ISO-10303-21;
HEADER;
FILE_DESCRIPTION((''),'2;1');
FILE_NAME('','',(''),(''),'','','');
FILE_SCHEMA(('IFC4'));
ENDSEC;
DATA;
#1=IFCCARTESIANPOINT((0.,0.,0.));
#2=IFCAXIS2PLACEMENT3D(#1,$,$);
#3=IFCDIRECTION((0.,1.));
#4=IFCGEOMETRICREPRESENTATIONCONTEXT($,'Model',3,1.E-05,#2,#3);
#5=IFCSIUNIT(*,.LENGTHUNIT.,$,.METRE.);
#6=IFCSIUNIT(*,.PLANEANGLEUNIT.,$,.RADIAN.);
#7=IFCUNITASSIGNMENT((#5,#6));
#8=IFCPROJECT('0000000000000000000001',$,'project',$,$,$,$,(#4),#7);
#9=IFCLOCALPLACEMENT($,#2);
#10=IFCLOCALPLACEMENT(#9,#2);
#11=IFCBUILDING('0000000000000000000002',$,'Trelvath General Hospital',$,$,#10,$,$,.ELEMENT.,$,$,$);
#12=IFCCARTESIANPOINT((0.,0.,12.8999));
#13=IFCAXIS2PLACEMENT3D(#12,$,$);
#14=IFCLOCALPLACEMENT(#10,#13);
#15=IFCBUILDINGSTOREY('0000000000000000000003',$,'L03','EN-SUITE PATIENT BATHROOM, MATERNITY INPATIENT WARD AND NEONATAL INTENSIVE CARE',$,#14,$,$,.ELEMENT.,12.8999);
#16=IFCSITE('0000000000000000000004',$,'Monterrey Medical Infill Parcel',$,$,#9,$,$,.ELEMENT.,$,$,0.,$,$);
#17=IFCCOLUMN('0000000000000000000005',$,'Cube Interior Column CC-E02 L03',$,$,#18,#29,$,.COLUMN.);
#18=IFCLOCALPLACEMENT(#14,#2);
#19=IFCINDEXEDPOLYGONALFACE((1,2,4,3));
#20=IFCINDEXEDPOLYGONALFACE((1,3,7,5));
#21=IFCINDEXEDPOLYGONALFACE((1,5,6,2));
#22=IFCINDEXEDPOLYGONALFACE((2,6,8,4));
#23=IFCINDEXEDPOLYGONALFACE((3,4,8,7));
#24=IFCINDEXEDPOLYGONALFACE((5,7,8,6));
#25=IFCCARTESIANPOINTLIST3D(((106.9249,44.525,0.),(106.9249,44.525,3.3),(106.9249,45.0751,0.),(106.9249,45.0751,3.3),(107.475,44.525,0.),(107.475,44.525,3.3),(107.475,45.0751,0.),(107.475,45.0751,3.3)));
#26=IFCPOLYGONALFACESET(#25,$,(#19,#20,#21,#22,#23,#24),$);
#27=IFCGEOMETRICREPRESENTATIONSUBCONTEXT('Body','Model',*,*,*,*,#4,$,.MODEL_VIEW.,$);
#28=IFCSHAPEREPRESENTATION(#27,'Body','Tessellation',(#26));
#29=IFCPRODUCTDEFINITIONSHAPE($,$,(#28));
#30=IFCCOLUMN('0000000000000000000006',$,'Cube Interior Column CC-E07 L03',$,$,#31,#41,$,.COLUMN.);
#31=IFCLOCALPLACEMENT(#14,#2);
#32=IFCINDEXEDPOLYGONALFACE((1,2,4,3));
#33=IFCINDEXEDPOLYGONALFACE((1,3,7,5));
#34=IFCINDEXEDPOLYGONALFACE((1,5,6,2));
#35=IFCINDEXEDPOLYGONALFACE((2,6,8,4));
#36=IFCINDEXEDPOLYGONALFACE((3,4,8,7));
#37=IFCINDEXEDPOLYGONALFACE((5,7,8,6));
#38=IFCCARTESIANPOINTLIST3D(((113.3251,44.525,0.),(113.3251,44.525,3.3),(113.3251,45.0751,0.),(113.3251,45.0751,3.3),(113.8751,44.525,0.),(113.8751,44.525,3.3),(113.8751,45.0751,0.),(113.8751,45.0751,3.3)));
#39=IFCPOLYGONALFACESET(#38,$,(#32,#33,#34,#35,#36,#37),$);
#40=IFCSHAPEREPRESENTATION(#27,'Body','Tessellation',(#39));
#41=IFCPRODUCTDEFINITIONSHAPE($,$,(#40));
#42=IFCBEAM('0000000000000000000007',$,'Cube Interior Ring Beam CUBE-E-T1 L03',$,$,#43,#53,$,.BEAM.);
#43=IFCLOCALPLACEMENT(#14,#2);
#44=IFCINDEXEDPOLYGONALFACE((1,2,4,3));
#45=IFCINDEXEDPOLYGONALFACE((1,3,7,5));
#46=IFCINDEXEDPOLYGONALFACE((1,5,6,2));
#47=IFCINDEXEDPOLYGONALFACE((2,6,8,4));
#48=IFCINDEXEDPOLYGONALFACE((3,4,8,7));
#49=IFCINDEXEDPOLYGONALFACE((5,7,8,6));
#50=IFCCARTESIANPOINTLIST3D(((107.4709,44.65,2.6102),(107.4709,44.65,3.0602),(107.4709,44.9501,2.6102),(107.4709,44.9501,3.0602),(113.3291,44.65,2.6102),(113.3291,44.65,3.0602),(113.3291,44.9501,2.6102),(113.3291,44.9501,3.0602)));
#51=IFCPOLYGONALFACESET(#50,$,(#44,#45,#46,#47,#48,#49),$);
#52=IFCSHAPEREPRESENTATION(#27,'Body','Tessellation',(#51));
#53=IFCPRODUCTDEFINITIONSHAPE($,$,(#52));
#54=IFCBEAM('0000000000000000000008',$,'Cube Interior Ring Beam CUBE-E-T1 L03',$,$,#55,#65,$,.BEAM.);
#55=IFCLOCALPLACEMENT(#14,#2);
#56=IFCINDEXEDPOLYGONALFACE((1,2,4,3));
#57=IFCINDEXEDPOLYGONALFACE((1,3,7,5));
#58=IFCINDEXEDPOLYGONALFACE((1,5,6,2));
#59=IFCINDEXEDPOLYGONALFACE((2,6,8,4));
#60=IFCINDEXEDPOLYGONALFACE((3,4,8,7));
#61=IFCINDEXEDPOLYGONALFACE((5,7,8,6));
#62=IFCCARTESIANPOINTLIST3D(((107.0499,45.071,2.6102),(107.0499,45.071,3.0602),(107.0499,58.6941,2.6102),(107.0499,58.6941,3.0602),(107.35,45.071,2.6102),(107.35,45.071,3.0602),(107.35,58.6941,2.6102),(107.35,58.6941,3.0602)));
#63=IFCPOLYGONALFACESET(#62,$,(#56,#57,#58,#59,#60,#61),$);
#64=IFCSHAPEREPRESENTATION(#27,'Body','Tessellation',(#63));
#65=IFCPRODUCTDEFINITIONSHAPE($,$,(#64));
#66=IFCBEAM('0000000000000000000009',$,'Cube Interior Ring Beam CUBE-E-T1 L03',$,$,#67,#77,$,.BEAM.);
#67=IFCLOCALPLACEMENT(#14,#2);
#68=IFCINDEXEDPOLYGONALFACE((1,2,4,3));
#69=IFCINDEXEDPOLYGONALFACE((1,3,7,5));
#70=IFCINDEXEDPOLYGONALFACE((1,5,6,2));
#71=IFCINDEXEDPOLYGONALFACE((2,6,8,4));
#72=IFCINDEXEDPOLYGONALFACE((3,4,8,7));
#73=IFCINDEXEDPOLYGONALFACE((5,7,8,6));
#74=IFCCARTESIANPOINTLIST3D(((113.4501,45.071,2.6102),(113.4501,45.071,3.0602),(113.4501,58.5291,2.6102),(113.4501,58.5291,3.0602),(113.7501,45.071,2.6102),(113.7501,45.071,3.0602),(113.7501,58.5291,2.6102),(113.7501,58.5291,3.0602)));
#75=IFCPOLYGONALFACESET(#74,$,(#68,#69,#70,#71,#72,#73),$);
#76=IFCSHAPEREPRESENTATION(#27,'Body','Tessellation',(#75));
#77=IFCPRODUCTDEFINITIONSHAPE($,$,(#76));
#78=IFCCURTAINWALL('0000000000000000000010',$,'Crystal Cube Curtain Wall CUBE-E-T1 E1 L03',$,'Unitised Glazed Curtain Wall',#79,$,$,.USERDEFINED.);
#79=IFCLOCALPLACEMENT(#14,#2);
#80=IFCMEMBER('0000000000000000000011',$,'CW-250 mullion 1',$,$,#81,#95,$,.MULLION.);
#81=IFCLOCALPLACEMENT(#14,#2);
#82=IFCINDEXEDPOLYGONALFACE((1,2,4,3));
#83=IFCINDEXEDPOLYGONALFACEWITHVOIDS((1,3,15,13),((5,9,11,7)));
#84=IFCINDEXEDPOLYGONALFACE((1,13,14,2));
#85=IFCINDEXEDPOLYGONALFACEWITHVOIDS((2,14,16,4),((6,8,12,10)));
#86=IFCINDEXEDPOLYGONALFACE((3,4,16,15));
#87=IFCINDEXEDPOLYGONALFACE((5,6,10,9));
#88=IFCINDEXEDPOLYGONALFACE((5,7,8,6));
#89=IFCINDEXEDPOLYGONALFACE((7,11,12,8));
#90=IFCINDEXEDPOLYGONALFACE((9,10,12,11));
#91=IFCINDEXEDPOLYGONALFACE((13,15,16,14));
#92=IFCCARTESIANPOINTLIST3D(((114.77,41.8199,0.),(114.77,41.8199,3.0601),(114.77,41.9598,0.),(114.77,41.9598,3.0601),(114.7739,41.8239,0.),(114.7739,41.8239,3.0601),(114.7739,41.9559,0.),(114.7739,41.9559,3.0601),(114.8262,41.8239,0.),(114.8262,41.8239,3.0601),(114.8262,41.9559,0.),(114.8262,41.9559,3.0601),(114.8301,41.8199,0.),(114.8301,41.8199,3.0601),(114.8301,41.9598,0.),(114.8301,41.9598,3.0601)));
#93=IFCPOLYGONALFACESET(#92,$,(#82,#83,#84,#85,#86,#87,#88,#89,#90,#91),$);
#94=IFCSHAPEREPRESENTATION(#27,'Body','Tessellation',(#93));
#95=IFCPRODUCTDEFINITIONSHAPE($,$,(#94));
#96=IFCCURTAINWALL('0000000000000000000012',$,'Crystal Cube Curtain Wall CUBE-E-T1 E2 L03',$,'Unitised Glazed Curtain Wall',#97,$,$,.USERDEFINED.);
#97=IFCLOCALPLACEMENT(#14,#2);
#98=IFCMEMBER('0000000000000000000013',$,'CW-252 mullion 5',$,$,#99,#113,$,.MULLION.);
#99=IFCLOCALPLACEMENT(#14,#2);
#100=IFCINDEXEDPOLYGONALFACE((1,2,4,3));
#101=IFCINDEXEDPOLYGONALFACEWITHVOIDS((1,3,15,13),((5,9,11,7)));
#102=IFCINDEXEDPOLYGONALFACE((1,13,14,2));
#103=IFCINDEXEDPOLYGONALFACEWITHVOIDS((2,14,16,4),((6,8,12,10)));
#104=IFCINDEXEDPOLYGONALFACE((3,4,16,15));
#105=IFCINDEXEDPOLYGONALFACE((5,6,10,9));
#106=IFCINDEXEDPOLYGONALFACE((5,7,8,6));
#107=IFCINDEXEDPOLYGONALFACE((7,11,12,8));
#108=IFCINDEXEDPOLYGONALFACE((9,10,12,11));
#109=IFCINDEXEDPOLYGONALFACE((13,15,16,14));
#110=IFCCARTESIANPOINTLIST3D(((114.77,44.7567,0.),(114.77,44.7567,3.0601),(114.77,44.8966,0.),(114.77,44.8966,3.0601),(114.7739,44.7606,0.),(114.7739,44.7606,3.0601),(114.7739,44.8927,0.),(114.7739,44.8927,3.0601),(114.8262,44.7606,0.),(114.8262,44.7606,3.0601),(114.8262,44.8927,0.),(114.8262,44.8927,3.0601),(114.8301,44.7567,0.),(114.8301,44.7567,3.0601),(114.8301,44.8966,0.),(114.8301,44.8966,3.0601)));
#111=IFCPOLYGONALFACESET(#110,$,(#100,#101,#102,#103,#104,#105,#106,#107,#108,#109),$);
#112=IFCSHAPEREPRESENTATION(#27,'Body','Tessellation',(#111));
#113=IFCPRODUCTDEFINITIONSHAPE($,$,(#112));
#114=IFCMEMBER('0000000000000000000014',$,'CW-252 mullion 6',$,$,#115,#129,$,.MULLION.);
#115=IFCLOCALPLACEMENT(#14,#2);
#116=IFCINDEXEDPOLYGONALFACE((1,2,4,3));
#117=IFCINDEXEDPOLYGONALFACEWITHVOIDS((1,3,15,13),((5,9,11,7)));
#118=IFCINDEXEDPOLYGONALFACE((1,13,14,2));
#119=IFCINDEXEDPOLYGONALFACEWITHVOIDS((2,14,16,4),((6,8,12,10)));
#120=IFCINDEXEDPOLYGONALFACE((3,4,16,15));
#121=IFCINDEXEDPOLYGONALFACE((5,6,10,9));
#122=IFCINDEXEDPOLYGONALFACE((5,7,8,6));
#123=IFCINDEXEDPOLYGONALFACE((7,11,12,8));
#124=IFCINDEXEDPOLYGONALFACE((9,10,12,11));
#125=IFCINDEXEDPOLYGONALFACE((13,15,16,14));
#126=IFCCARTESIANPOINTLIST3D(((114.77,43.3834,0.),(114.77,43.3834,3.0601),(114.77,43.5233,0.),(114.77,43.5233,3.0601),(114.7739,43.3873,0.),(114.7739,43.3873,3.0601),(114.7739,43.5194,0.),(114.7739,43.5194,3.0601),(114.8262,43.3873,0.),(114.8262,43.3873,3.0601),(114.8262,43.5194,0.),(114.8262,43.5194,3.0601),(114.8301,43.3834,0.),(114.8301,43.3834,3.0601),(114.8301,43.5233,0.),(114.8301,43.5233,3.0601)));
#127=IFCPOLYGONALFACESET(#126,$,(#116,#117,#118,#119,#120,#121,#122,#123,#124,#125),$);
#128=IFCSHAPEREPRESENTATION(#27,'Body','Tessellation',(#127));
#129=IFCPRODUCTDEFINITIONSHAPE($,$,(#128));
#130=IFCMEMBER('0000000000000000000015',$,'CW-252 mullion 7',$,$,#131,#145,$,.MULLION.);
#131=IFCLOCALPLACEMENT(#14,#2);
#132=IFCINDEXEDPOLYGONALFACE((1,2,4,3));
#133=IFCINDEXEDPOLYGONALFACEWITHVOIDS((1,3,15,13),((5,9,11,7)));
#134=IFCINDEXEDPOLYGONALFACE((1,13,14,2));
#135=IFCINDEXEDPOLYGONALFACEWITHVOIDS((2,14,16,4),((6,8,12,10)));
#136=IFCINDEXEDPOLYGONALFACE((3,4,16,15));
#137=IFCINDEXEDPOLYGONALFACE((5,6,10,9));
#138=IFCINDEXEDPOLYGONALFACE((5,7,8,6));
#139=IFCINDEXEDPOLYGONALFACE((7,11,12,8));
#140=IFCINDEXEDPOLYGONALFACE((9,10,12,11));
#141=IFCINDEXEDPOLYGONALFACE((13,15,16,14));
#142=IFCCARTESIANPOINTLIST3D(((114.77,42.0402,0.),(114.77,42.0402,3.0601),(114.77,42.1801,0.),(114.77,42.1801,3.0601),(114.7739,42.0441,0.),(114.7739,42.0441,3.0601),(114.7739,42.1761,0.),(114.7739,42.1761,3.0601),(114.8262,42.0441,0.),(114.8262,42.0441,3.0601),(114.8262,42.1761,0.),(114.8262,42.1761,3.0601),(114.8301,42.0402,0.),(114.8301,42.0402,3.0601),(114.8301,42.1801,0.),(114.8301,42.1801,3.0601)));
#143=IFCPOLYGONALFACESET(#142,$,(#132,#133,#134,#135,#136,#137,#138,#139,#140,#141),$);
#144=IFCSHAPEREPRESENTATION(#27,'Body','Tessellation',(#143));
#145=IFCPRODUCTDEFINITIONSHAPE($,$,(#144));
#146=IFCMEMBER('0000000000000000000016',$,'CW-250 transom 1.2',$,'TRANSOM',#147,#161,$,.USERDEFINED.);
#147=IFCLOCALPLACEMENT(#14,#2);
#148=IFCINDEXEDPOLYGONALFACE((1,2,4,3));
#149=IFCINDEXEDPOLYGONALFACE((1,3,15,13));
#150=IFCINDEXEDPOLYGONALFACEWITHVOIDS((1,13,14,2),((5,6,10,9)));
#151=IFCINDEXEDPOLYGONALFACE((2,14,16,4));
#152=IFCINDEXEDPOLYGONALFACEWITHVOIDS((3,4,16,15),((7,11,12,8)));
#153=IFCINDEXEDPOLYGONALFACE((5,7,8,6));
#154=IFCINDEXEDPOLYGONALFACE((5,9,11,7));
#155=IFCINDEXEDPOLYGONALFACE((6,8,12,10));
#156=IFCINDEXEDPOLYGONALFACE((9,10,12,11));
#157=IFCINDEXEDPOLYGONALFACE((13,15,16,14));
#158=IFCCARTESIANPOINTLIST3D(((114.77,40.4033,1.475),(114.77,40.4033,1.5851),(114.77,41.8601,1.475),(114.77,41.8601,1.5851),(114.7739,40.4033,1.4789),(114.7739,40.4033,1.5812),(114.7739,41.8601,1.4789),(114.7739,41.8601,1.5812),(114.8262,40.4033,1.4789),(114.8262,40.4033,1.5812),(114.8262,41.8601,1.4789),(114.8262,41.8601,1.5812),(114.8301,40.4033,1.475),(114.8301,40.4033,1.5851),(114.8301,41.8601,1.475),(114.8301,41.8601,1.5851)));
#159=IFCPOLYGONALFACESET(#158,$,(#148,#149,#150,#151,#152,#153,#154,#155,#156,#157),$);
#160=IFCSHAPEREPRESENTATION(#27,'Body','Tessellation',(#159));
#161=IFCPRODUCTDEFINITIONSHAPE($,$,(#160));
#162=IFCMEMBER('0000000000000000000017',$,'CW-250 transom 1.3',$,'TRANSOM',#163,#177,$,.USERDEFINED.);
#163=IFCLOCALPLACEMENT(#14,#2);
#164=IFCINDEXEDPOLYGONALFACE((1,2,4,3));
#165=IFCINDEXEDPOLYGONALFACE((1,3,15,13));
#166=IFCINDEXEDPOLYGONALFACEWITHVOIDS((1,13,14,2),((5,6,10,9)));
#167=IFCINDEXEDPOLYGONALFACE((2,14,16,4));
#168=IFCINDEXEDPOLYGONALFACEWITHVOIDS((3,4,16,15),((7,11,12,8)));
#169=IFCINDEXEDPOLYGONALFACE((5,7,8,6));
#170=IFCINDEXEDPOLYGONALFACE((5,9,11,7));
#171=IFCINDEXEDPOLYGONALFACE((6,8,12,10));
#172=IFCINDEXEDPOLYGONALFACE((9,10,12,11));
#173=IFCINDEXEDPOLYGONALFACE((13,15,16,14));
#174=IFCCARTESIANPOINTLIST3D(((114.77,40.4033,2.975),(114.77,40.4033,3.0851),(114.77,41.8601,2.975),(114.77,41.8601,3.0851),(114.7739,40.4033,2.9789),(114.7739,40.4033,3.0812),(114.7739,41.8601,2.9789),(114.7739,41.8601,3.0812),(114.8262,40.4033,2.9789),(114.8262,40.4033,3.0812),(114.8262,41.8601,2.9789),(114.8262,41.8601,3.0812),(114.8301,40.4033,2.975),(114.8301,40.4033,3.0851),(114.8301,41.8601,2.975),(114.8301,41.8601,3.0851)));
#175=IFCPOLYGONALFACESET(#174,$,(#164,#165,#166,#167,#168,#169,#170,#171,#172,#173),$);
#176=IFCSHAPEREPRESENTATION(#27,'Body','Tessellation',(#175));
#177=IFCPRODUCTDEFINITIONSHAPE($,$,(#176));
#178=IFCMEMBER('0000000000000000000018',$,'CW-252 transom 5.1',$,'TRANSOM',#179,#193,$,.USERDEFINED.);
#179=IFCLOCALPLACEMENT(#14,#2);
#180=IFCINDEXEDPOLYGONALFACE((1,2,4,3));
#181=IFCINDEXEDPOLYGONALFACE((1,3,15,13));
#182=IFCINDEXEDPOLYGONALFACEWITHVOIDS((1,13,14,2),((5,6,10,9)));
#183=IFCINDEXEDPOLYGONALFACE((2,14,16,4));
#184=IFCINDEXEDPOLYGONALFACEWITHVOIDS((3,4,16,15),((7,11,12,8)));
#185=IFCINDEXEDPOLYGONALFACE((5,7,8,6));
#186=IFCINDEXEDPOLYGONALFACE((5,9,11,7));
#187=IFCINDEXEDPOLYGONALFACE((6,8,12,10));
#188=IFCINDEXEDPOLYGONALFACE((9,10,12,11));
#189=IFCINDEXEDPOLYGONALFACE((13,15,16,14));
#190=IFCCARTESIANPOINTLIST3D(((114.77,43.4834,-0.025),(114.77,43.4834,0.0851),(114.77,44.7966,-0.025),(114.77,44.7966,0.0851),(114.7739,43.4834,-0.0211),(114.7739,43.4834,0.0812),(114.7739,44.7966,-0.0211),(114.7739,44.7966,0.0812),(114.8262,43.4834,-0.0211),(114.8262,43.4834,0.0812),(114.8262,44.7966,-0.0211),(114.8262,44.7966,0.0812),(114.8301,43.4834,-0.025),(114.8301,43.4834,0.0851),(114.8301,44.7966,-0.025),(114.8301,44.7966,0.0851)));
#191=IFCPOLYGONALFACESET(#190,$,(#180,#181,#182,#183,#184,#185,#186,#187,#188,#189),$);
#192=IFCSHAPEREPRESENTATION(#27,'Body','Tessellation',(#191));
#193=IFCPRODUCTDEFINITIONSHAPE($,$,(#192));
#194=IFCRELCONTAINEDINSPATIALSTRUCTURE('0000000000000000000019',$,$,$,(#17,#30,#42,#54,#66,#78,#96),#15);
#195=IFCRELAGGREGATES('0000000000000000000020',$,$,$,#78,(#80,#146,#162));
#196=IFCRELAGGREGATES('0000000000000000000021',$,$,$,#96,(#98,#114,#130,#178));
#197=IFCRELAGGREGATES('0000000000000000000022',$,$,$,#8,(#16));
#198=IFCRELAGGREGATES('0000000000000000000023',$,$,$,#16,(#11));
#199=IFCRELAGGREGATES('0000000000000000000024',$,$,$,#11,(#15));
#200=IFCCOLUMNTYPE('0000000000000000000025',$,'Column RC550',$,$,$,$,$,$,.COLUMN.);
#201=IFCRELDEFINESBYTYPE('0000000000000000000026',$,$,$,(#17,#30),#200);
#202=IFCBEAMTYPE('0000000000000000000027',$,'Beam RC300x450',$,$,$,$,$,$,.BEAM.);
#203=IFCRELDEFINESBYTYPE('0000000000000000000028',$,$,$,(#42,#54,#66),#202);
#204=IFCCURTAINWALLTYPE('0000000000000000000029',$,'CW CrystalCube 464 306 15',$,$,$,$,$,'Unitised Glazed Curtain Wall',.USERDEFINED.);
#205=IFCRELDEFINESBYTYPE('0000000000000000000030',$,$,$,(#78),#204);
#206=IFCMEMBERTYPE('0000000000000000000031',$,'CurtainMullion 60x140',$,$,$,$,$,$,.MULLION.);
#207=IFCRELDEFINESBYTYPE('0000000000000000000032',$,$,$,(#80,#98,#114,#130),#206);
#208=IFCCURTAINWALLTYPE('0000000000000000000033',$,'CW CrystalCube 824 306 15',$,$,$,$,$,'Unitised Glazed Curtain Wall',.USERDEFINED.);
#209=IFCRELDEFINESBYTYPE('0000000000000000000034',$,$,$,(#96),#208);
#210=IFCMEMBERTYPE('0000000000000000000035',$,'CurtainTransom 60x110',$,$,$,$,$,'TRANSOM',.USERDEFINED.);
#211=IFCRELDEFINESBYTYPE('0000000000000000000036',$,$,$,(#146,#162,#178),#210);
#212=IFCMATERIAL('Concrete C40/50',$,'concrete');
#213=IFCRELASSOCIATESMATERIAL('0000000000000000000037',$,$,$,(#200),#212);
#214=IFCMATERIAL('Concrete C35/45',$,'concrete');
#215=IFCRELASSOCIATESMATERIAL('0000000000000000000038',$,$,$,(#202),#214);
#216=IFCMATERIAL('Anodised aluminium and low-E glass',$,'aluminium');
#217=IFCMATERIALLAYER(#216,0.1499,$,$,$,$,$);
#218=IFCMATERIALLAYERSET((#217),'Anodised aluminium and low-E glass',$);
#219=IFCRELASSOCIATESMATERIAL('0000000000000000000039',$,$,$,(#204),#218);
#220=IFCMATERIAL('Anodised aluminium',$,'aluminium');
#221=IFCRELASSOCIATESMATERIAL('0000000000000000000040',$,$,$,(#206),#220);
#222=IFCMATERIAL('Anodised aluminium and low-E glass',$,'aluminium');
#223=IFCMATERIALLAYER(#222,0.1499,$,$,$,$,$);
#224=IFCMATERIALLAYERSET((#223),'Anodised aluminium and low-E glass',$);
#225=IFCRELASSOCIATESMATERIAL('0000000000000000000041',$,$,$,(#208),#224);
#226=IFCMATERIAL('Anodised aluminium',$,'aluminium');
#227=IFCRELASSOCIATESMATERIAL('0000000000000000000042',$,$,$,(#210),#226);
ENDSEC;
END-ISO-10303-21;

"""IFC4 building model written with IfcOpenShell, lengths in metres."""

from ifc_helpers import new_model, si_unit, direction, frame, origin, origin_2d, place, context, subcontext, project, spatial, rectangle, hollow_rectangle, extrude, material, layer, layer_set, material_profile, profile_set, type_object, element, aggregate, save


model = new_model("IFC4")

# Units and contexts
model_context = context("Model", 3, precision=1e-05, world=origin(), true_north=direction((0.0, 1.0)))
body_context = subcontext(model_context, "Body", "Model", "MODEL_VIEW")
ifc_project = project(units=[si_unit("LENGTHUNIT", "METRE"), si_unit("PLANEANGLEUNIT", "RADIAN")], contexts=[model_context])

# Site, building, storey
site_placement = place(None, origin())
site = spatial("IfcSite", under=ifc_project, at=site_placement, Name="Monterrey Medical Infill Parcel", CompositionType="ELEMENT", RefElevation=0.0)
building_placement = place(site_placement, origin())
building = spatial("IfcBuilding", under=site, at=building_placement, Name="Trelvath General Hospital", CompositionType="ELEMENT")
storey_placement = place(building_placement, frame((0.0, 0.0, 12.8999)))
storey = spatial("IfcBuildingStorey", under=building, at=storey_placement, Name="L03", Description="EN-SUITE PATIENT BATHROOM, MATERNITY INPATIENT WARD AND NEONATAL INTENSIVE CARE", CompositionType="ELEMENT", Elevation=12.8999)

# Columns
ifc_material_1 = material(Name="Concrete C40/50", Category="concrete")
ifc_material_profile_1 = material_profile(ifc_material_1, rectangle(XDim=0.55, YDim=0.55, at=origin_2d()), Name="RC550x550")
ifc_profile_set_1 = profile_set([ifc_material_profile_1], Name="Concrete C40/50")
column_type = type_object("IfcColumnType", Name="Column RC550", PredefinedType="COLUMN", material=ifc_profile_set_1)
for number, where, z_axis, x_axis, name in (
    (1, (107.2, 44.8, 0.0), (0.0, 0.0, 1.0), (1.0, 0.0, 0.0), "Cube Interior Column CC-E02 L03"),
    (2, (113.6001, 44.8, 0.0), (0.0, 0.0, 1.0), (1.0, 0.0, 0.0), "Cube Interior Column CC-E07 L03"),
):
    element("IfcColumn", number, at=place(storey_placement, frame(where, z_axis=z_axis, x_axis=x_axis)), inside=storey, type_object=column_type, Name=name, PredefinedType="COLUMN", context=body_context, shape_type="SweptSolid", body=[
        extrude(rectangle(XDim=0.55, YDim=0.55, at=origin_2d()), origin(), (0.0, 0.0, 1.0), 3.3),
    ])

# Beams
ifc_material_2 = material(Name="Concrete C35/45", Category="concrete")
ifc_material_profile_2 = material_profile(ifc_material_2, rectangle(XDim=0.3, YDim=0.45, at=origin_2d()), Name="RCB300x450")
ifc_profile_set_2 = profile_set([ifc_material_profile_2], Name="Concrete C35/45")
beam_type = type_object("IfcBeamType", Name="Beam RC300x450", PredefinedType="BEAM", material=ifc_profile_set_2)
beam_1_placement = place(storey_placement, frame((107.4709, 44.8, 2.8352), z_axis=(1.0, 0.0, 0.0), x_axis=(0.0, 1.0, 0.0)))
element("IfcBeam", 3, at=beam_1_placement, inside=storey, type_object=beam_type, Name="Cube Interior Ring Beam CUBE-E-T1 L03", PredefinedType="BEAM", context=body_context, shape_type="SweptSolid", body=[
    extrude(rectangle(XDim=0.3, YDim=0.45, at=origin_2d()), origin(), (0.0, 0.0, 1.0), 5.8582),
])
beam_2_placement = place(storey_placement, frame((107.2, 45.071, 2.8352), z_axis=(0.0, 1.0, 0.0), x_axis=(-1.0, 0.0, 0.0)))
element("IfcBeam", 4, at=beam_2_placement, inside=storey, type_object=beam_type, Name="Cube Interior Ring Beam CUBE-E-T1 L03", PredefinedType="BEAM", context=body_context, shape_type="SweptSolid", body=[
    extrude(rectangle(XDim=0.3, YDim=0.45, at=origin_2d()), origin(), (0.0, 0.0, 1.0), 13.623),
])
beam_3_placement = place(storey_placement, frame((113.6001, 45.071, 2.8352), z_axis=(0.0, 1.0, 0.0), x_axis=(-1.0, 0.0, 0.0)))
element("IfcBeam", 5, at=beam_3_placement, inside=storey, type_object=beam_type, Name="Cube Interior Ring Beam CUBE-E-T1 L03", PredefinedType="BEAM", context=body_context, shape_type="SweptSolid", body=[
    extrude(rectangle(XDim=0.3, YDim=0.45, at=origin_2d()), origin(), (0.0, 0.0, 1.0), 13.458),
])

# Curtain wall, member
ifc_material_3 = material(Name="Anodised aluminium and low-E glass", Category="aluminium")
ifc_layer_1 = layer(ifc_material_3, 0.1499)
ifc_layer_set_1 = layer_set([ifc_layer_1], Name="Anodised aluminium and low-E glass")
curtain_wall_type_1 = type_object("IfcCurtainWallType", Name="CW CrystalCube 464 306 15", ElementType="Unitised Glazed Curtain Wall", PredefinedType="USERDEFINED", material=ifc_layer_set_1)
curtain_wall_1_placement = place(storey_placement, origin())
curtain_wall_1 = element("IfcCurtainWall", 6, at=curtain_wall_1_placement, inside=storey, type_object=curtain_wall_type_1, Name="Crystal Cube Curtain Wall CUBE-E-T1 E1 L03", ObjectType="Unitised Glazed Curtain Wall", PredefinedType="USERDEFINED")
ifc_material_4 = material(Name="Anodised aluminium", Category="aluminium")
ifc_material_profile_3 = material_profile(ifc_material_4, hollow_rectangle(XDim=0.0601, YDim=0.1399, WallThickness=0.0039, at=origin_2d()), Name="RHS60x140x4")
ifc_profile_set_3 = profile_set([ifc_material_profile_3], Name="Anodised aluminium")
member_type_1 = type_object("IfcMemberType", Name="CurtainMullion 60x140", PredefinedType="MULLION", material=ifc_profile_set_3)
member_1_placement = place(storey_placement, frame((114.8, 41.8899, 0.0), z_axis=(0.0, 0.0, 1.0), x_axis=(1.0, 0.0, 0.0)))
member_1 = element("IfcMember", 7, at=member_1_placement, type_object=member_type_1, Name="CW-250 mullion 1", PredefinedType="MULLION", context=body_context, shape_type="SweptSolid", body=[
    extrude(hollow_rectangle(XDim=0.0601, YDim=0.1399, WallThickness=0.0039, at=origin_2d()), origin(), (0.0, 0.0, 1.0), 3.0601),
])

# Curtain wall, members
ifc_material_5 = material(Name="Anodised aluminium and low-E glass", Category="aluminium")
ifc_layer_2 = layer(ifc_material_5, 0.1499)
ifc_layer_set_2 = layer_set([ifc_layer_2], Name="Anodised aluminium and low-E glass")
curtain_wall_type_2 = type_object("IfcCurtainWallType", Name="CW CrystalCube 824 306 15", ElementType="Unitised Glazed Curtain Wall", PredefinedType="USERDEFINED", material=ifc_layer_set_2)
curtain_wall_2_placement = place(storey_placement, origin())
curtain_wall_2 = element("IfcCurtainWall", 8, at=curtain_wall_2_placement, inside=storey, type_object=curtain_wall_type_2, Name="Crystal Cube Curtain Wall CUBE-E-T1 E2 L03", ObjectType="Unitised Glazed Curtain Wall", PredefinedType="USERDEFINED")
member_2_placement = place(storey_placement, frame((114.8, 44.8267, 0.0), z_axis=(0.0, 0.0, 1.0), x_axis=(1.0, 0.0, 0.0)))
member_2 = element("IfcMember", 9, at=member_2_placement, type_object=member_type_1, Name="CW-252 mullion 5", PredefinedType="MULLION", context=body_context, shape_type="SweptSolid", body=[
    extrude(hollow_rectangle(XDim=0.0601, YDim=0.1399, WallThickness=0.0039, at=origin_2d()), origin(), (0.0, 0.0, 1.0), 3.0601),
])
member_3_placement = place(storey_placement, frame((114.8, 43.4534, 0.0), z_axis=(0.0, 0.0, 1.0), x_axis=(1.0, 0.0, 0.0)))
member_3 = element("IfcMember", 10, at=member_3_placement, type_object=member_type_1, Name="CW-252 mullion 6", PredefinedType="MULLION", context=body_context, shape_type="SweptSolid", body=[
    extrude(hollow_rectangle(XDim=0.0601, YDim=0.1399, WallThickness=0.0039, at=origin_2d()), origin(), (0.0, 0.0, 1.0), 3.0601),
])
member_4_placement = place(storey_placement, frame((114.8, 42.1101, 0.0), z_axis=(0.0, 0.0, 1.0), x_axis=(1.0, 0.0, 0.0)))
member_4 = element("IfcMember", 11, at=member_4_placement, type_object=member_type_1, Name="CW-252 mullion 7", PredefinedType="MULLION", context=body_context, shape_type="SweptSolid", body=[
    extrude(hollow_rectangle(XDim=0.0601, YDim=0.1399, WallThickness=0.0039, at=origin_2d()), origin(), (0.0, 0.0, 1.0), 3.0601),
])

# Members
ifc_material_6 = material(Name="Anodised aluminium", Category="aluminium")
ifc_material_profile_4 = material_profile(ifc_material_6, hollow_rectangle(XDim=0.0601, YDim=0.1101, WallThickness=0.0039, at=origin_2d()), Name="RHS60x110x4")
ifc_profile_set_4 = profile_set([ifc_material_profile_4], Name="Anodised aluminium")
member_type_2 = type_object("IfcMemberType", Name="CurtainTransom 60x110", ElementType="TRANSOM", PredefinedType="USERDEFINED", material=ifc_profile_set_4)
member_5_placement = place(storey_placement, frame((114.8, 41.8601, 1.53), z_axis=(0.0, -1.0, 0.0), x_axis=(1.0, 0.0, 0.0)))
member_5 = element("IfcMember", 12, at=member_5_placement, type_object=member_type_2, Name="CW-250 transom 1.2", ObjectType="TRANSOM", PredefinedType="USERDEFINED", context=body_context, shape_type="SweptSolid", body=[
    extrude(hollow_rectangle(XDim=0.0601, YDim=0.1101, WallThickness=0.0039, at=origin_2d()), origin(), (0.0, 0.0, 1.0), 1.4568),
])
member_6_placement = place(storey_placement, frame((114.8, 41.8601, 3.03), z_axis=(0.0, -1.0, 0.0), x_axis=(1.0, 0.0, 0.0)))
member_6 = element("IfcMember", 13, at=member_6_placement, type_object=member_type_2, Name="CW-250 transom 1.3", ObjectType="TRANSOM", PredefinedType="USERDEFINED", context=body_context, shape_type="SweptSolid", body=[
    extrude(hollow_rectangle(XDim=0.0601, YDim=0.1101, WallThickness=0.0039, at=origin_2d()), origin(), (0.0, 0.0, 1.0), 1.4568),
])
aggregate(curtain_wall_1, [member_1, member_5, member_6])
member_7_placement = place(storey_placement, frame((114.8, 44.7966, 0.03), z_axis=(0.0, -1.0, 0.0), x_axis=(1.0, 0.0, 0.0)))
member_7 = element("IfcMember", 14, at=member_7_placement, type_object=member_type_2, Name="CW-252 transom 5.1", ObjectType="TRANSOM", PredefinedType="USERDEFINED", context=body_context, shape_type="SweptSolid", body=[
    extrude(hollow_rectangle(XDim=0.0601, YDim=0.1101, WallThickness=0.0039, at=origin_2d()), origin(), (0.0, 0.0, 1.0), 1.3132),
])

aggregate(curtain_wall_2, [member_2, member_3, member_4, member_7])

save(model, "model.ifc")
